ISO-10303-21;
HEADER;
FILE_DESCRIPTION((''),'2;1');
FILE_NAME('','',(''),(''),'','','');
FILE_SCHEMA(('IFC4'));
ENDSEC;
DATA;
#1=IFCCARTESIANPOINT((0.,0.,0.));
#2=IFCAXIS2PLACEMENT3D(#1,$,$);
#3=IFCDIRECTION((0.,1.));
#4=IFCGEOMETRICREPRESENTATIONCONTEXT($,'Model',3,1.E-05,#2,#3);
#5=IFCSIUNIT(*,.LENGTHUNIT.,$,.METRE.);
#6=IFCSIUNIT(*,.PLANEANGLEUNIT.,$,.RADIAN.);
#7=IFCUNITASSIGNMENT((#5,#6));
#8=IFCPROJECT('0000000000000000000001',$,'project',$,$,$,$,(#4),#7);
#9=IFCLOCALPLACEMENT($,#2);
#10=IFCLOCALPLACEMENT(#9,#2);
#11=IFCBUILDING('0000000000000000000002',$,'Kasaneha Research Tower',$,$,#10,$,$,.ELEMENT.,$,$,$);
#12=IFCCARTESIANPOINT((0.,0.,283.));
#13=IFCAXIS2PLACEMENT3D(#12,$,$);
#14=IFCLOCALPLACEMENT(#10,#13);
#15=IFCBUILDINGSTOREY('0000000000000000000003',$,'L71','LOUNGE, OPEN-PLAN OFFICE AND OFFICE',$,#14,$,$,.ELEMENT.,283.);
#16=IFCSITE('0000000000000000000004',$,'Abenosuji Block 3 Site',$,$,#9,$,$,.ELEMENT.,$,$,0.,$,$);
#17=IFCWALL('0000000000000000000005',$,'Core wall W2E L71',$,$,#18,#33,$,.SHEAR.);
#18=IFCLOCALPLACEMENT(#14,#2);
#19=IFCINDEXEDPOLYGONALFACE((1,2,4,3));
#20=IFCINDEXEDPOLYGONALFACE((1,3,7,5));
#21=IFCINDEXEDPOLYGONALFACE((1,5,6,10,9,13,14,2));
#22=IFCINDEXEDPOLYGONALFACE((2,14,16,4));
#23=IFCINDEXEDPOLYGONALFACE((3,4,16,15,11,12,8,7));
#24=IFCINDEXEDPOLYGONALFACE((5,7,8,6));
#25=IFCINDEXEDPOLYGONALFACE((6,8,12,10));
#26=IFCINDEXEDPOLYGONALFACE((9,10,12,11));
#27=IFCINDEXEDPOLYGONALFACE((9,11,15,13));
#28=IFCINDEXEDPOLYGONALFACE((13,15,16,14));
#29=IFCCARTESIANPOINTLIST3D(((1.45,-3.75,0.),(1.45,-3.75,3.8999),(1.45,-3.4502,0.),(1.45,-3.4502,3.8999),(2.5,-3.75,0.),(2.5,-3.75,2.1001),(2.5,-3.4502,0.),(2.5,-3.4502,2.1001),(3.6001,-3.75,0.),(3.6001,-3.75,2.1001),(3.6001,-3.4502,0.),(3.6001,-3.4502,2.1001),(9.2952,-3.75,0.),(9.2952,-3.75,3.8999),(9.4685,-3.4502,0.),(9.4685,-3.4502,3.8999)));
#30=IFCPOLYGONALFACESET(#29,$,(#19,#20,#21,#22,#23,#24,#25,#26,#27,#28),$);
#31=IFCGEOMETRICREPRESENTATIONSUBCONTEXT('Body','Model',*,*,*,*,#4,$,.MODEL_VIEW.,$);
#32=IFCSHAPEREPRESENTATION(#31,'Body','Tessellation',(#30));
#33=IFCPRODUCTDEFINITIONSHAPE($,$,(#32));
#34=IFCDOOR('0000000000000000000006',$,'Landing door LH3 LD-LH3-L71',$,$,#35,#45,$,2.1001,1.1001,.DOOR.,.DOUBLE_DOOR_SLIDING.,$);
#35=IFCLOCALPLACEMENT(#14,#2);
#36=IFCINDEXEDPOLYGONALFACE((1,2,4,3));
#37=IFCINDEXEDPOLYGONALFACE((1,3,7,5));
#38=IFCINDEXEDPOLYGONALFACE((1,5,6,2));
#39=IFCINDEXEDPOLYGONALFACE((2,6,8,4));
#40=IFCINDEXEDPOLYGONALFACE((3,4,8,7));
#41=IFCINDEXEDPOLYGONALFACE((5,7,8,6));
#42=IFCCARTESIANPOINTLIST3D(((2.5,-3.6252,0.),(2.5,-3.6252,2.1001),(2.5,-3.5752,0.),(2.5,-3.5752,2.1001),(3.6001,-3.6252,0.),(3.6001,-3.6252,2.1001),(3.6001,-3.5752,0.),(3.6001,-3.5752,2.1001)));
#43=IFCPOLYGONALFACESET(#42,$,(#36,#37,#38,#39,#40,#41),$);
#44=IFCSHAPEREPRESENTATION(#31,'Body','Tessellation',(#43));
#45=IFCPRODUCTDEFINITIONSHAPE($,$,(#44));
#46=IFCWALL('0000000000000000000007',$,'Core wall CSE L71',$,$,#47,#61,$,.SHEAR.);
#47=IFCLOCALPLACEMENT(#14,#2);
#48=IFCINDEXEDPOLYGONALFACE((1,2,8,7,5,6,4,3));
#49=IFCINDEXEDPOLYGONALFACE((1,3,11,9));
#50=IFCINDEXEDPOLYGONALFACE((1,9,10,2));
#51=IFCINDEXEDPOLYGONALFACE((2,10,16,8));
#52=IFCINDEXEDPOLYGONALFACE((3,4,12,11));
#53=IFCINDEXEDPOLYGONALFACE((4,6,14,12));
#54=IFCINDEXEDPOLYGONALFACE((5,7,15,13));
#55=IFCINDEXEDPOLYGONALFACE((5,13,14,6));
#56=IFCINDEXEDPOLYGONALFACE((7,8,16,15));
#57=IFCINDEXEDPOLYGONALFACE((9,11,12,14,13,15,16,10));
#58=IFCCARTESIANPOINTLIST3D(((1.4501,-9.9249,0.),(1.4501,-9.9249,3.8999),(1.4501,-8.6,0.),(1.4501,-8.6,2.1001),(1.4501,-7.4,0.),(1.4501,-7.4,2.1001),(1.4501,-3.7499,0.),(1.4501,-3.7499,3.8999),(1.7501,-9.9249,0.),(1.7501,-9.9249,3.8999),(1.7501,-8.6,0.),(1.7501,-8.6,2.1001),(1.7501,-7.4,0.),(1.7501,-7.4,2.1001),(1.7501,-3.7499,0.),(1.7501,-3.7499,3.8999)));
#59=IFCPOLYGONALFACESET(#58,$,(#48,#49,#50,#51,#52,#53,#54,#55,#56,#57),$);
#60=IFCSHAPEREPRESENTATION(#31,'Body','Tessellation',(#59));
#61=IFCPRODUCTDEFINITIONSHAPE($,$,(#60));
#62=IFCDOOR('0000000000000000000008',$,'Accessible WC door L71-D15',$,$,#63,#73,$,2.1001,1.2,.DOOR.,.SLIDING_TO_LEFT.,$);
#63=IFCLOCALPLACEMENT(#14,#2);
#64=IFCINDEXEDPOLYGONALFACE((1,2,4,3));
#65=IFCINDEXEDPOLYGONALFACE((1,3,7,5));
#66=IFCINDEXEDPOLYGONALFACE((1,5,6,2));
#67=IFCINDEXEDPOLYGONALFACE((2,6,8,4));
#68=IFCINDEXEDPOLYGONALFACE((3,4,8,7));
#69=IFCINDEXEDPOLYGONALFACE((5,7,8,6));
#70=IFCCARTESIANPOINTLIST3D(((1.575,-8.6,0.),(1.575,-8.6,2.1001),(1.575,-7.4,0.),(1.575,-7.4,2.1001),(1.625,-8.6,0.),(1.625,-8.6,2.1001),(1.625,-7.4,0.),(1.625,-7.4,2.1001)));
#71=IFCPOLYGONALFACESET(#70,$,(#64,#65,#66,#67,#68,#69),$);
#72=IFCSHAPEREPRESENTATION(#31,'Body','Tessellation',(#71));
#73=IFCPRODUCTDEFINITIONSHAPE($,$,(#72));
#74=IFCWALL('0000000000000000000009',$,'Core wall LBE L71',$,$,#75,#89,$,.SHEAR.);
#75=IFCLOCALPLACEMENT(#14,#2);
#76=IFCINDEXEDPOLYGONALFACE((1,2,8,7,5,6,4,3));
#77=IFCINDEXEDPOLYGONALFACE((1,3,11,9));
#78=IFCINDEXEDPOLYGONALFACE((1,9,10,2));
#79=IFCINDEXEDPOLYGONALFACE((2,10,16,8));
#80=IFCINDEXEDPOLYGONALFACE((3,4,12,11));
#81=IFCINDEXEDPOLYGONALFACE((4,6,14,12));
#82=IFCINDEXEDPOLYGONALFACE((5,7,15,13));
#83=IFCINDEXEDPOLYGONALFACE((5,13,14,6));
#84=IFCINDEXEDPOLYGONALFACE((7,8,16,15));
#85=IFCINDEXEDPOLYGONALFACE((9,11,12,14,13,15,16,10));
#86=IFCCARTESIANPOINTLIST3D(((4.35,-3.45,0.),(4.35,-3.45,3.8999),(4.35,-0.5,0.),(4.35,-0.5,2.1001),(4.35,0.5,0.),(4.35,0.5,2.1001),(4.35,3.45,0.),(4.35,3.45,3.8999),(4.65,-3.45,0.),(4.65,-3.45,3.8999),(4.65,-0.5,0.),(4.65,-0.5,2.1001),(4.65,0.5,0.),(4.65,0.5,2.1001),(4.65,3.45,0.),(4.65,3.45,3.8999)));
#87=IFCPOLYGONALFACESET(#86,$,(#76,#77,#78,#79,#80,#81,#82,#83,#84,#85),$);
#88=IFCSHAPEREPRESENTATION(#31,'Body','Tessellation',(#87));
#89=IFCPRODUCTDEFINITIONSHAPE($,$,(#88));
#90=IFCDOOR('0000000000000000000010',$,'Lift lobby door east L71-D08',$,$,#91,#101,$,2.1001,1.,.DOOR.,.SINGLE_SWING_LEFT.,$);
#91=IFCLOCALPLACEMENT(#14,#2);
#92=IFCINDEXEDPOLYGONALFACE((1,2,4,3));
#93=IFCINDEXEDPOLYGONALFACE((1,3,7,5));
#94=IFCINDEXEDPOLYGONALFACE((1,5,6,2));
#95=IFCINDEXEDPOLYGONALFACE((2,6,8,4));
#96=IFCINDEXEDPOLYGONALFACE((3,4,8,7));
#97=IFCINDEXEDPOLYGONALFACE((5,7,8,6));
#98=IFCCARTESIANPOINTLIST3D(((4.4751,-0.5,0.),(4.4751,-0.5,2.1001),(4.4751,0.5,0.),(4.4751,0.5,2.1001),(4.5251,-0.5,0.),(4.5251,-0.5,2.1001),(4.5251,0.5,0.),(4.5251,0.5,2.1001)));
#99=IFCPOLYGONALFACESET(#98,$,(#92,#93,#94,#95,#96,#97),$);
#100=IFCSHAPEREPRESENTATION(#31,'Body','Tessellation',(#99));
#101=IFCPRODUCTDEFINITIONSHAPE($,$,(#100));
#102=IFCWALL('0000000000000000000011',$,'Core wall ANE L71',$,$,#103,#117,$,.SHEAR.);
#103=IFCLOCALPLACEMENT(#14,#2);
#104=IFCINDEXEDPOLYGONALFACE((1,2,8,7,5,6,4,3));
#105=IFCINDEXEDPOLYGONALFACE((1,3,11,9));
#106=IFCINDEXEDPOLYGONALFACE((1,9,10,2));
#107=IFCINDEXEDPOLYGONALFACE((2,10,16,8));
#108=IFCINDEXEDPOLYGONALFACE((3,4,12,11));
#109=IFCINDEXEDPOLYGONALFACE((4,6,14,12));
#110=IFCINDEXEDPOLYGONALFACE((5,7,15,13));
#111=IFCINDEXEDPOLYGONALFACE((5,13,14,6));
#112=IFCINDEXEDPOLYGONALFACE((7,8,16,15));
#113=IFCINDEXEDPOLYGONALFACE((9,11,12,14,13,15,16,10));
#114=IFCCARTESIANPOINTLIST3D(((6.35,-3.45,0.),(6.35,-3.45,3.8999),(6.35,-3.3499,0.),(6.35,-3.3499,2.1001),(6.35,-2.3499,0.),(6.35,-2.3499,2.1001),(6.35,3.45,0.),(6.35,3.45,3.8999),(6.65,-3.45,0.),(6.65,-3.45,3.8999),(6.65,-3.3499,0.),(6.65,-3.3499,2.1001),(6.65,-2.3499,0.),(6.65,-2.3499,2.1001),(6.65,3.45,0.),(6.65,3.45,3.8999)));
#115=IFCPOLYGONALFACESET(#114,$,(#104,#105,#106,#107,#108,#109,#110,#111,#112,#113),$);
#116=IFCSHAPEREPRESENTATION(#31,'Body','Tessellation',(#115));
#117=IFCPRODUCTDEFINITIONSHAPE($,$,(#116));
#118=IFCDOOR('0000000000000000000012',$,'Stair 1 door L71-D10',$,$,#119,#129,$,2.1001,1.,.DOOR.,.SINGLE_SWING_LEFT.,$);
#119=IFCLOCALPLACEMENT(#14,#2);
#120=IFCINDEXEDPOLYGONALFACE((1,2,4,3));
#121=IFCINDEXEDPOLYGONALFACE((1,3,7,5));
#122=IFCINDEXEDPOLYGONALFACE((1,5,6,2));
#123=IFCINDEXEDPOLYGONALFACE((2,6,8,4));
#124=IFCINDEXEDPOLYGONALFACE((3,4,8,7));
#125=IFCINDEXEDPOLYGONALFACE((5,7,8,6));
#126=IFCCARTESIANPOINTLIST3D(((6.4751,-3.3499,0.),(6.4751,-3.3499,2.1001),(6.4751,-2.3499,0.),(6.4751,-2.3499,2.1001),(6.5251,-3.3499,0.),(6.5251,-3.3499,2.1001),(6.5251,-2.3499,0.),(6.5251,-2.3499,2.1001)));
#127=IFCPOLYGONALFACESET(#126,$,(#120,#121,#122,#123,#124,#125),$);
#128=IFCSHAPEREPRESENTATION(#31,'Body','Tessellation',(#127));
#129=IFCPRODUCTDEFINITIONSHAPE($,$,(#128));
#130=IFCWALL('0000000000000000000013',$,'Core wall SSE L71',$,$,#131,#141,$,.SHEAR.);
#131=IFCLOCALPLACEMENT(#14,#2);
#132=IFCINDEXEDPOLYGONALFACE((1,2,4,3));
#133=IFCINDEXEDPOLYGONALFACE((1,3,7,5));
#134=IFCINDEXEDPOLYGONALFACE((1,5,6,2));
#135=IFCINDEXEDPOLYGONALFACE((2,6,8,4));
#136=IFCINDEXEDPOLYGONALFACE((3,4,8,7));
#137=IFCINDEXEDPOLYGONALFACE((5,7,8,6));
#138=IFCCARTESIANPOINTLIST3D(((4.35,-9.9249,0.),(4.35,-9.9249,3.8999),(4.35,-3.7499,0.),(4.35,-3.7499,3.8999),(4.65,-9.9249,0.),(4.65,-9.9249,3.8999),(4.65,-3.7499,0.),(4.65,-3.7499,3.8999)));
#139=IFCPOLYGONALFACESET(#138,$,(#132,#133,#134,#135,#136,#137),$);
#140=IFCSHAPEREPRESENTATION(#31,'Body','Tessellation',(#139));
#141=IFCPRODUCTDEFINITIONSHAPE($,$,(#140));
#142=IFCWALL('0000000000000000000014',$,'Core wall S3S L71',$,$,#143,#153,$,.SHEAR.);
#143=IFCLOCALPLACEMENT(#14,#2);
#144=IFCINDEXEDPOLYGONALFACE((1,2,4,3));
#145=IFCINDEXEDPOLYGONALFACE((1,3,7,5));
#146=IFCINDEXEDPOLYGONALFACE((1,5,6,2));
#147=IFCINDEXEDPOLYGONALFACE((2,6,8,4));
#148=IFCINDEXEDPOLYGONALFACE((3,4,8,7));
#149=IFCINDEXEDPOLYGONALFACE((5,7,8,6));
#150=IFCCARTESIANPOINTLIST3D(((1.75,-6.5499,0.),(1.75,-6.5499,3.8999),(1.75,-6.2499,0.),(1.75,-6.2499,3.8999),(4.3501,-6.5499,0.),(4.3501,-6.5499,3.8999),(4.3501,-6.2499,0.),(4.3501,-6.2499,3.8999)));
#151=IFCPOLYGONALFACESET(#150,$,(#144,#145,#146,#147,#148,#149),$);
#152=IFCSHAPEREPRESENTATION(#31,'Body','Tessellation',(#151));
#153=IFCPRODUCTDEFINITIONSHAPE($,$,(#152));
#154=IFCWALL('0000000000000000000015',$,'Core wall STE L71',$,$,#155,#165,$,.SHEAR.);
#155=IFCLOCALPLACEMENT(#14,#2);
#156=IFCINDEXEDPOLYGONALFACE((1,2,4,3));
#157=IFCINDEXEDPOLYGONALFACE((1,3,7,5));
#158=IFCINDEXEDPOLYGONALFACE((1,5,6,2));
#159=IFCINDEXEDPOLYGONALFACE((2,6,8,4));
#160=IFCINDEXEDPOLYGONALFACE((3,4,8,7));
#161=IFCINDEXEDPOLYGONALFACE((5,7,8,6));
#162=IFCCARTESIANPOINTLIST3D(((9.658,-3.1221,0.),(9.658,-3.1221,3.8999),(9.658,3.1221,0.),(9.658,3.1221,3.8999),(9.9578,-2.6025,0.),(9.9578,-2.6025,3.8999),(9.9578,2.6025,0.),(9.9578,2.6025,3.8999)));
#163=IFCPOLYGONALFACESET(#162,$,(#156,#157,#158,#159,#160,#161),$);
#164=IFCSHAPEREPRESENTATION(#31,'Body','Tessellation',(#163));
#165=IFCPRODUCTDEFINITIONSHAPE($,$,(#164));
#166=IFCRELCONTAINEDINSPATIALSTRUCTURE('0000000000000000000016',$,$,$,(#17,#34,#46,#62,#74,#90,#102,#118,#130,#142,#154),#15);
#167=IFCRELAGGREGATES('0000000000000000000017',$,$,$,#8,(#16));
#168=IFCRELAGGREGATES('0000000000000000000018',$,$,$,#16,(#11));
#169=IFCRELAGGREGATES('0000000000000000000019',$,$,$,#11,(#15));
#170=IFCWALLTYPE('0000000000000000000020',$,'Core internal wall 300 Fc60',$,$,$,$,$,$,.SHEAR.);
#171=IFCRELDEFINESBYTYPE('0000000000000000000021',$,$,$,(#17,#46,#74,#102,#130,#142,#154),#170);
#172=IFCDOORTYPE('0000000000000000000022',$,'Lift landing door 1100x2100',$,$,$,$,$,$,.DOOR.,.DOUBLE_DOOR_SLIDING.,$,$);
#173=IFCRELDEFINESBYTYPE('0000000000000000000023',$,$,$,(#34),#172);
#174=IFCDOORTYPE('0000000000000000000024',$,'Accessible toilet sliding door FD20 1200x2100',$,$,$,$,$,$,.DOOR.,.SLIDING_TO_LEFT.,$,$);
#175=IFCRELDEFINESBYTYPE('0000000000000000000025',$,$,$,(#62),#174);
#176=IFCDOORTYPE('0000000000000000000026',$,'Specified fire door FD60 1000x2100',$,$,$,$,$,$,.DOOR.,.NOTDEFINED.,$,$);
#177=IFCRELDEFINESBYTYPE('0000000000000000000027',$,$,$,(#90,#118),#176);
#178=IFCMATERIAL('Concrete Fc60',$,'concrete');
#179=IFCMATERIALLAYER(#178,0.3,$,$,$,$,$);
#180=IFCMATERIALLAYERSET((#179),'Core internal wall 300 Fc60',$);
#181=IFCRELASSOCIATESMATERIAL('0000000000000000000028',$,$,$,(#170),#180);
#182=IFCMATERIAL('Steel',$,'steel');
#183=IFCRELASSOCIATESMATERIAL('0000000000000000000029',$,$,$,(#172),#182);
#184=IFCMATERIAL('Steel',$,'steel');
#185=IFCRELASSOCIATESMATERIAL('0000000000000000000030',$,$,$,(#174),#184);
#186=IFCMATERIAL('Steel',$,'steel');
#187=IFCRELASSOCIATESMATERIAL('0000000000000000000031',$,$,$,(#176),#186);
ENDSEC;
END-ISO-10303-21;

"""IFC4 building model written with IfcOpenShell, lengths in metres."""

from ifc_helpers import new_model, si_unit, direction, frame, frame_2d, origin, place, context, subcontext, project, spatial, polyline, rectangle, outline, extrude, material, layer, layer_set, type_object, element, fill, save


model = new_model("IFC4")

# Units and contexts
model_context = context("Model", 3, precision=1e-05, world=origin(), true_north=direction((0.0, 1.0)))
body_context = subcontext(model_context, "Body", "Model", "MODEL_VIEW")
ifc_project = project(units=[si_unit("LENGTHUNIT", "METRE"), si_unit("PLANEANGLEUNIT", "RADIAN")], contexts=[model_context])

# Site, building, storey
site_placement = place(None, origin())
site = spatial("IfcSite", under=ifc_project, at=site_placement, Name="Abenosuji Block 3 Site", CompositionType="ELEMENT", RefElevation=0.0)
building_placement = place(site_placement, origin())
building = spatial("IfcBuilding", under=site, at=building_placement, Name="Kasaneha Research Tower", CompositionType="ELEMENT")
storey_placement = place(building_placement, frame((0.0, 0.0, 283.0)))
storey = spatial("IfcBuildingStorey", under=building, at=storey_placement, Name="L71", Description="LOUNGE, OPEN-PLAN OFFICE AND OFFICE", CompositionType="ELEMENT", Elevation=283.0)

# Walls, openings, doors
ifc_material_1 = material(Name="Concrete Fc60", Category="concrete")
ifc_layer_1 = layer(ifc_material_1, 0.3)
ifc_layer_set_1 = layer_set([ifc_layer_1], Name="Core internal wall 300 Fc60")
wall_type_1 = type_object("IfcWallType", Name="Core internal wall 300 Fc60", PredefinedType="SHEAR", material=ifc_layer_set_1)
wall_1_placement = place(storey_placement, frame((1.45, -3.6001, 0.0), z_axis=(0.0, 0.0, 1.0), x_axis=(1.0, 0.0, 0.0)))
wall_1 = element("IfcWall", 1, at=wall_1_placement, inside=storey, type_object=wall_type_1, Name="Core wall W2E L71", PredefinedType="SHEAR", context=body_context, shape_type="SweptSolid", body=[
    extrude(outline(polyline([(0.0, -0.1499), (1.05, -0.1499), (2.1501, -0.1499), (7.8452, -0.1499), (8.0186, 0.1499), (2.1501, 0.1499), (1.05, 0.1499), (0.0, 0.1499), (0.0, -0.1499)])), origin(), (0.0, 0.0, 1.0), 3.8999),
])
opening_1_placement = place(wall_1_placement, frame((1.05, 0.0, 0.0)))
opening_1 = element("IfcOpeningElement", 2, at=opening_1_placement, cuts=wall_1, PredefinedType="OPENING", context=body_context, shape_type="SweptSolid", body=[
    extrude(rectangle(XDim=1.1001, YDim=2.1001, at=frame_2d((0.55, 1.05))), frame((0.0, 0.1602, 0.0), z_axis=(0.0, -1.0, 0.0), x_axis=(1.0, 0.0, 0.0)), (0.0, 0.0, 1.0), 0.3201),
])
ifc_material_2 = material(Name="Steel", Category="steel")
door_type_1 = type_object("IfcDoorType", Name="Lift landing door 1100x2100", OperationType="DOUBLE_DOOR_SLIDING", PredefinedType="DOOR", material=ifc_material_2)
door_1_placement = place(opening_1_placement, origin())
door_1 = element("IfcDoor", 3, at=door_1_placement, inside=storey, type_object=door_type_1, Name="Landing door LH3 LD-LH3-L71", OperationType="DOUBLE_DOOR_SLIDING", OverallHeight=2.1001, OverallWidth=1.1001, PredefinedType="DOOR", context=body_context, shape_type="SweptSolid", body=[
    extrude(rectangle(XDim=1.1001, YDim=2.1001, at=frame_2d((0.55, 1.05))), frame((0.0, 0.0249, 0.0), z_axis=(0.0, -1.0, 0.0), x_axis=(1.0, 0.0, 0.0)), (0.0, 0.0, 1.0), 0.05),
])
fill(opening_1, door_1)
wall_2_placement = place(storey_placement, frame((1.6001, -3.75, 0.0), z_axis=(0.0, 0.0, 1.0), x_axis=(0.0, -1.0, 0.0)))
wall_2 = element("IfcWall", 4, at=wall_2_placement, inside=storey, type_object=wall_type_1, Name="Core wall CSE L71", PredefinedType="SHEAR", context=body_context, shape_type="SweptSolid", body=[
    extrude(rectangle(XDim=6.175, YDim=0.3, at=frame_2d((3.0874, 0.0))), origin(), (0.0, 0.0, 1.0), 3.8999),
])
opening_2_placement = place(wall_2_placement, frame((3.6499, 0.0, 0.0)))
opening_2 = element("IfcOpeningElement", 5, at=opening_2_placement, cuts=wall_2, PredefinedType="OPENING", context=body_context, shape_type="SweptSolid", body=[
    extrude(rectangle(XDim=1.2, YDim=2.1001, at=frame_2d((0.6001, 1.05))), frame((0.0, 0.1602, 0.0), z_axis=(0.0, -1.0, 0.0), x_axis=(1.0, 0.0, 0.0)), (0.0, 0.0, 1.0), 0.3201),
])
ifc_material_3 = material(Name="Steel", Category="steel")
door_type_2 = type_object("IfcDoorType", Name="Accessible toilet sliding door FD20 1200x2100", OperationType="SLIDING_TO_LEFT", PredefinedType="DOOR", material=ifc_material_3)
door_2_placement = place(opening_2_placement, origin())
door_2 = element("IfcDoor", 6, at=door_2_placement, inside=storey, type_object=door_type_2, Name="Accessible WC door L71-D15", OperationType="SLIDING_TO_LEFT", OverallHeight=2.1001, OverallWidth=1.2, PredefinedType="DOOR", context=body_context, shape_type="SweptSolid", body=[
    extrude(rectangle(XDim=1.2, YDim=2.1001, at=frame_2d((0.6001, 1.05))), frame((0.0, 0.0249, 0.0), z_axis=(0.0, -1.0, 0.0), x_axis=(1.0, 0.0, 0.0)), (0.0, 0.0, 1.0), 0.05),
])
fill(opening_2, door_2)
wall_3_placement = place(storey_placement, frame((4.5, -3.45, 0.0), z_axis=(0.0, 0.0, 1.0), x_axis=(0.0, 1.0, 0.0)))
wall_3 = element("IfcWall", 7, at=wall_3_placement, inside=storey, type_object=wall_type_1, Name="Core wall LBE L71", PredefinedType="SHEAR", context=body_context, shape_type="SweptSolid", body=[
    extrude(rectangle(XDim=6.8999, YDim=0.3, at=frame_2d((3.45, 0.0))), origin(), (0.0, 0.0, 1.0), 3.8999),
])
opening_3_placement = place(wall_3_placement, frame((2.95, 0.0, 0.0)))
opening_3 = element("IfcOpeningElement", 8, at=opening_3_placement, cuts=wall_3, PredefinedType="OPENING", context=body_context, shape_type="SweptSolid", body=[
    extrude(rectangle(XDim=1.0, YDim=2.1001, at=frame_2d((0.5, 1.05))), frame((0.0, 0.1602, 0.0), z_axis=(0.0, -1.0, 0.0), x_axis=(1.0, 0.0, 0.0)), (0.0, 0.0, 1.0), 0.3201),
])
ifc_material_4 = material(Name="Steel", Category="steel")
door_type_3 = type_object("IfcDoorType", Name="Specified fire door FD60 1000x2100", OperationType="NOTDEFINED", PredefinedType="DOOR", material=ifc_material_4)
door_3_placement = place(opening_3_placement, origin())
door_3 = element("IfcDoor", 9, at=door_3_placement, inside=storey, type_object=door_type_3, Name="Lift lobby door east L71-D08", OperationType="SINGLE_SWING_LEFT", OverallHeight=2.1001, OverallWidth=1.0, PredefinedType="DOOR", context=body_context, shape_type="SweptSolid", body=[
    extrude(rectangle(XDim=1.0, YDim=2.1001, at=frame_2d((0.5, 1.05))), frame((0.0, 0.0249, 0.0), z_axis=(0.0, -1.0, 0.0), x_axis=(1.0, 0.0, 0.0)), (0.0, 0.0, 1.0), 0.05),
])
fill(opening_3, door_3)
wall_4_placement = place(storey_placement, frame((6.5, -3.45, 0.0), z_axis=(0.0, 0.0, 1.0), x_axis=(0.0, 1.0, 0.0)))
wall_4 = element("IfcWall", 10, at=wall_4_placement, inside=storey, type_object=wall_type_1, Name="Core wall ANE L71", PredefinedType="SHEAR", context=body_context, shape_type="SweptSolid", body=[
    extrude(rectangle(XDim=6.8999, YDim=0.3, at=frame_2d((3.45, 0.0))), origin(), (0.0, 0.0, 1.0), 3.8999),
])
opening_4_placement = place(wall_4_placement, frame((0.1001, 0.0, 0.0)))
opening_4 = element("IfcOpeningElement", 11, at=opening_4_placement, cuts=wall_4, PredefinedType="OPENING", context=body_context, shape_type="SweptSolid", body=[
    extrude(rectangle(XDim=1.0, YDim=2.1001, at=frame_2d((0.5, 1.05))), frame((0.0, 0.1602, 0.0), z_axis=(0.0, -1.0, 0.0), x_axis=(1.0, 0.0, 0.0)), (0.0, 0.0, 1.0), 0.3201),
])
door_4_placement = place(opening_4_placement, origin())
door_4 = element("IfcDoor", 12, at=door_4_placement, inside=storey, type_object=door_type_3, Name="Stair 1 door L71-D10", OperationType="SINGLE_SWING_LEFT", OverallHeight=2.1001, OverallWidth=1.0, PredefinedType="DOOR", context=body_context, shape_type="SweptSolid", body=[
    extrude(rectangle(XDim=1.0, YDim=2.1001, at=frame_2d((0.5, 1.05))), frame((0.0, 0.0249, 0.0), z_axis=(0.0, -1.0, 0.0), x_axis=(1.0, 0.0, 0.0)), (0.0, 0.0, 1.0), 0.05),
])
fill(opening_4, door_4)

# Walls
wall_5_placement = place(storey_placement, frame((4.5, -3.75, 0.0), z_axis=(0.0, 0.0, 1.0), x_axis=(0.0, -1.0, 0.0)))
element("IfcWall", 13, at=wall_5_placement, inside=storey, type_object=wall_type_1, Name="Core wall SSE L71", PredefinedType="SHEAR", context=body_context, shape_type="SweptSolid", body=[
    extrude(rectangle(XDim=6.175, YDim=0.3, at=frame_2d((3.0874, 0.0))), origin(), (0.0, 0.0, 1.0), 3.8999),
])
wall_6_placement = place(storey_placement, frame((1.75, -6.3999, 0.0), z_axis=(0.0, 0.0, 1.0), x_axis=(1.0, 0.0, 0.0)))
element("IfcWall", 14, at=wall_6_placement, inside=storey, type_object=wall_type_1, Name="Core wall S3S L71", PredefinedType="SHEAR", context=body_context, shape_type="SweptSolid", body=[
    extrude(rectangle(XDim=2.6001, YDim=0.3, at=frame_2d((1.3, 0.0))), origin(), (0.0, 0.0, 1.0), 3.8999),
])
wall_7_placement = place(storey_placement, frame((9.8079, -2.8623, 0.0), z_axis=(0.0, 0.0, 1.0), x_axis=(0.0, 1.0, 0.0)))
element("IfcWall", 15, at=wall_7_placement, inside=storey, type_object=wall_type_1, Name="Core wall STE L71", PredefinedType="SHEAR", context=body_context, shape_type="SweptSolid", body=[
    extrude(outline(polyline([(0.2598, -0.1499), (5.4648, -0.1499), (5.9844, 0.1499), (-0.2598, 0.1499), (0.2598, -0.1499)])), origin(), (0.0, 0.0, 1.0), 3.8999),
])

save(model, "model.ifc")
